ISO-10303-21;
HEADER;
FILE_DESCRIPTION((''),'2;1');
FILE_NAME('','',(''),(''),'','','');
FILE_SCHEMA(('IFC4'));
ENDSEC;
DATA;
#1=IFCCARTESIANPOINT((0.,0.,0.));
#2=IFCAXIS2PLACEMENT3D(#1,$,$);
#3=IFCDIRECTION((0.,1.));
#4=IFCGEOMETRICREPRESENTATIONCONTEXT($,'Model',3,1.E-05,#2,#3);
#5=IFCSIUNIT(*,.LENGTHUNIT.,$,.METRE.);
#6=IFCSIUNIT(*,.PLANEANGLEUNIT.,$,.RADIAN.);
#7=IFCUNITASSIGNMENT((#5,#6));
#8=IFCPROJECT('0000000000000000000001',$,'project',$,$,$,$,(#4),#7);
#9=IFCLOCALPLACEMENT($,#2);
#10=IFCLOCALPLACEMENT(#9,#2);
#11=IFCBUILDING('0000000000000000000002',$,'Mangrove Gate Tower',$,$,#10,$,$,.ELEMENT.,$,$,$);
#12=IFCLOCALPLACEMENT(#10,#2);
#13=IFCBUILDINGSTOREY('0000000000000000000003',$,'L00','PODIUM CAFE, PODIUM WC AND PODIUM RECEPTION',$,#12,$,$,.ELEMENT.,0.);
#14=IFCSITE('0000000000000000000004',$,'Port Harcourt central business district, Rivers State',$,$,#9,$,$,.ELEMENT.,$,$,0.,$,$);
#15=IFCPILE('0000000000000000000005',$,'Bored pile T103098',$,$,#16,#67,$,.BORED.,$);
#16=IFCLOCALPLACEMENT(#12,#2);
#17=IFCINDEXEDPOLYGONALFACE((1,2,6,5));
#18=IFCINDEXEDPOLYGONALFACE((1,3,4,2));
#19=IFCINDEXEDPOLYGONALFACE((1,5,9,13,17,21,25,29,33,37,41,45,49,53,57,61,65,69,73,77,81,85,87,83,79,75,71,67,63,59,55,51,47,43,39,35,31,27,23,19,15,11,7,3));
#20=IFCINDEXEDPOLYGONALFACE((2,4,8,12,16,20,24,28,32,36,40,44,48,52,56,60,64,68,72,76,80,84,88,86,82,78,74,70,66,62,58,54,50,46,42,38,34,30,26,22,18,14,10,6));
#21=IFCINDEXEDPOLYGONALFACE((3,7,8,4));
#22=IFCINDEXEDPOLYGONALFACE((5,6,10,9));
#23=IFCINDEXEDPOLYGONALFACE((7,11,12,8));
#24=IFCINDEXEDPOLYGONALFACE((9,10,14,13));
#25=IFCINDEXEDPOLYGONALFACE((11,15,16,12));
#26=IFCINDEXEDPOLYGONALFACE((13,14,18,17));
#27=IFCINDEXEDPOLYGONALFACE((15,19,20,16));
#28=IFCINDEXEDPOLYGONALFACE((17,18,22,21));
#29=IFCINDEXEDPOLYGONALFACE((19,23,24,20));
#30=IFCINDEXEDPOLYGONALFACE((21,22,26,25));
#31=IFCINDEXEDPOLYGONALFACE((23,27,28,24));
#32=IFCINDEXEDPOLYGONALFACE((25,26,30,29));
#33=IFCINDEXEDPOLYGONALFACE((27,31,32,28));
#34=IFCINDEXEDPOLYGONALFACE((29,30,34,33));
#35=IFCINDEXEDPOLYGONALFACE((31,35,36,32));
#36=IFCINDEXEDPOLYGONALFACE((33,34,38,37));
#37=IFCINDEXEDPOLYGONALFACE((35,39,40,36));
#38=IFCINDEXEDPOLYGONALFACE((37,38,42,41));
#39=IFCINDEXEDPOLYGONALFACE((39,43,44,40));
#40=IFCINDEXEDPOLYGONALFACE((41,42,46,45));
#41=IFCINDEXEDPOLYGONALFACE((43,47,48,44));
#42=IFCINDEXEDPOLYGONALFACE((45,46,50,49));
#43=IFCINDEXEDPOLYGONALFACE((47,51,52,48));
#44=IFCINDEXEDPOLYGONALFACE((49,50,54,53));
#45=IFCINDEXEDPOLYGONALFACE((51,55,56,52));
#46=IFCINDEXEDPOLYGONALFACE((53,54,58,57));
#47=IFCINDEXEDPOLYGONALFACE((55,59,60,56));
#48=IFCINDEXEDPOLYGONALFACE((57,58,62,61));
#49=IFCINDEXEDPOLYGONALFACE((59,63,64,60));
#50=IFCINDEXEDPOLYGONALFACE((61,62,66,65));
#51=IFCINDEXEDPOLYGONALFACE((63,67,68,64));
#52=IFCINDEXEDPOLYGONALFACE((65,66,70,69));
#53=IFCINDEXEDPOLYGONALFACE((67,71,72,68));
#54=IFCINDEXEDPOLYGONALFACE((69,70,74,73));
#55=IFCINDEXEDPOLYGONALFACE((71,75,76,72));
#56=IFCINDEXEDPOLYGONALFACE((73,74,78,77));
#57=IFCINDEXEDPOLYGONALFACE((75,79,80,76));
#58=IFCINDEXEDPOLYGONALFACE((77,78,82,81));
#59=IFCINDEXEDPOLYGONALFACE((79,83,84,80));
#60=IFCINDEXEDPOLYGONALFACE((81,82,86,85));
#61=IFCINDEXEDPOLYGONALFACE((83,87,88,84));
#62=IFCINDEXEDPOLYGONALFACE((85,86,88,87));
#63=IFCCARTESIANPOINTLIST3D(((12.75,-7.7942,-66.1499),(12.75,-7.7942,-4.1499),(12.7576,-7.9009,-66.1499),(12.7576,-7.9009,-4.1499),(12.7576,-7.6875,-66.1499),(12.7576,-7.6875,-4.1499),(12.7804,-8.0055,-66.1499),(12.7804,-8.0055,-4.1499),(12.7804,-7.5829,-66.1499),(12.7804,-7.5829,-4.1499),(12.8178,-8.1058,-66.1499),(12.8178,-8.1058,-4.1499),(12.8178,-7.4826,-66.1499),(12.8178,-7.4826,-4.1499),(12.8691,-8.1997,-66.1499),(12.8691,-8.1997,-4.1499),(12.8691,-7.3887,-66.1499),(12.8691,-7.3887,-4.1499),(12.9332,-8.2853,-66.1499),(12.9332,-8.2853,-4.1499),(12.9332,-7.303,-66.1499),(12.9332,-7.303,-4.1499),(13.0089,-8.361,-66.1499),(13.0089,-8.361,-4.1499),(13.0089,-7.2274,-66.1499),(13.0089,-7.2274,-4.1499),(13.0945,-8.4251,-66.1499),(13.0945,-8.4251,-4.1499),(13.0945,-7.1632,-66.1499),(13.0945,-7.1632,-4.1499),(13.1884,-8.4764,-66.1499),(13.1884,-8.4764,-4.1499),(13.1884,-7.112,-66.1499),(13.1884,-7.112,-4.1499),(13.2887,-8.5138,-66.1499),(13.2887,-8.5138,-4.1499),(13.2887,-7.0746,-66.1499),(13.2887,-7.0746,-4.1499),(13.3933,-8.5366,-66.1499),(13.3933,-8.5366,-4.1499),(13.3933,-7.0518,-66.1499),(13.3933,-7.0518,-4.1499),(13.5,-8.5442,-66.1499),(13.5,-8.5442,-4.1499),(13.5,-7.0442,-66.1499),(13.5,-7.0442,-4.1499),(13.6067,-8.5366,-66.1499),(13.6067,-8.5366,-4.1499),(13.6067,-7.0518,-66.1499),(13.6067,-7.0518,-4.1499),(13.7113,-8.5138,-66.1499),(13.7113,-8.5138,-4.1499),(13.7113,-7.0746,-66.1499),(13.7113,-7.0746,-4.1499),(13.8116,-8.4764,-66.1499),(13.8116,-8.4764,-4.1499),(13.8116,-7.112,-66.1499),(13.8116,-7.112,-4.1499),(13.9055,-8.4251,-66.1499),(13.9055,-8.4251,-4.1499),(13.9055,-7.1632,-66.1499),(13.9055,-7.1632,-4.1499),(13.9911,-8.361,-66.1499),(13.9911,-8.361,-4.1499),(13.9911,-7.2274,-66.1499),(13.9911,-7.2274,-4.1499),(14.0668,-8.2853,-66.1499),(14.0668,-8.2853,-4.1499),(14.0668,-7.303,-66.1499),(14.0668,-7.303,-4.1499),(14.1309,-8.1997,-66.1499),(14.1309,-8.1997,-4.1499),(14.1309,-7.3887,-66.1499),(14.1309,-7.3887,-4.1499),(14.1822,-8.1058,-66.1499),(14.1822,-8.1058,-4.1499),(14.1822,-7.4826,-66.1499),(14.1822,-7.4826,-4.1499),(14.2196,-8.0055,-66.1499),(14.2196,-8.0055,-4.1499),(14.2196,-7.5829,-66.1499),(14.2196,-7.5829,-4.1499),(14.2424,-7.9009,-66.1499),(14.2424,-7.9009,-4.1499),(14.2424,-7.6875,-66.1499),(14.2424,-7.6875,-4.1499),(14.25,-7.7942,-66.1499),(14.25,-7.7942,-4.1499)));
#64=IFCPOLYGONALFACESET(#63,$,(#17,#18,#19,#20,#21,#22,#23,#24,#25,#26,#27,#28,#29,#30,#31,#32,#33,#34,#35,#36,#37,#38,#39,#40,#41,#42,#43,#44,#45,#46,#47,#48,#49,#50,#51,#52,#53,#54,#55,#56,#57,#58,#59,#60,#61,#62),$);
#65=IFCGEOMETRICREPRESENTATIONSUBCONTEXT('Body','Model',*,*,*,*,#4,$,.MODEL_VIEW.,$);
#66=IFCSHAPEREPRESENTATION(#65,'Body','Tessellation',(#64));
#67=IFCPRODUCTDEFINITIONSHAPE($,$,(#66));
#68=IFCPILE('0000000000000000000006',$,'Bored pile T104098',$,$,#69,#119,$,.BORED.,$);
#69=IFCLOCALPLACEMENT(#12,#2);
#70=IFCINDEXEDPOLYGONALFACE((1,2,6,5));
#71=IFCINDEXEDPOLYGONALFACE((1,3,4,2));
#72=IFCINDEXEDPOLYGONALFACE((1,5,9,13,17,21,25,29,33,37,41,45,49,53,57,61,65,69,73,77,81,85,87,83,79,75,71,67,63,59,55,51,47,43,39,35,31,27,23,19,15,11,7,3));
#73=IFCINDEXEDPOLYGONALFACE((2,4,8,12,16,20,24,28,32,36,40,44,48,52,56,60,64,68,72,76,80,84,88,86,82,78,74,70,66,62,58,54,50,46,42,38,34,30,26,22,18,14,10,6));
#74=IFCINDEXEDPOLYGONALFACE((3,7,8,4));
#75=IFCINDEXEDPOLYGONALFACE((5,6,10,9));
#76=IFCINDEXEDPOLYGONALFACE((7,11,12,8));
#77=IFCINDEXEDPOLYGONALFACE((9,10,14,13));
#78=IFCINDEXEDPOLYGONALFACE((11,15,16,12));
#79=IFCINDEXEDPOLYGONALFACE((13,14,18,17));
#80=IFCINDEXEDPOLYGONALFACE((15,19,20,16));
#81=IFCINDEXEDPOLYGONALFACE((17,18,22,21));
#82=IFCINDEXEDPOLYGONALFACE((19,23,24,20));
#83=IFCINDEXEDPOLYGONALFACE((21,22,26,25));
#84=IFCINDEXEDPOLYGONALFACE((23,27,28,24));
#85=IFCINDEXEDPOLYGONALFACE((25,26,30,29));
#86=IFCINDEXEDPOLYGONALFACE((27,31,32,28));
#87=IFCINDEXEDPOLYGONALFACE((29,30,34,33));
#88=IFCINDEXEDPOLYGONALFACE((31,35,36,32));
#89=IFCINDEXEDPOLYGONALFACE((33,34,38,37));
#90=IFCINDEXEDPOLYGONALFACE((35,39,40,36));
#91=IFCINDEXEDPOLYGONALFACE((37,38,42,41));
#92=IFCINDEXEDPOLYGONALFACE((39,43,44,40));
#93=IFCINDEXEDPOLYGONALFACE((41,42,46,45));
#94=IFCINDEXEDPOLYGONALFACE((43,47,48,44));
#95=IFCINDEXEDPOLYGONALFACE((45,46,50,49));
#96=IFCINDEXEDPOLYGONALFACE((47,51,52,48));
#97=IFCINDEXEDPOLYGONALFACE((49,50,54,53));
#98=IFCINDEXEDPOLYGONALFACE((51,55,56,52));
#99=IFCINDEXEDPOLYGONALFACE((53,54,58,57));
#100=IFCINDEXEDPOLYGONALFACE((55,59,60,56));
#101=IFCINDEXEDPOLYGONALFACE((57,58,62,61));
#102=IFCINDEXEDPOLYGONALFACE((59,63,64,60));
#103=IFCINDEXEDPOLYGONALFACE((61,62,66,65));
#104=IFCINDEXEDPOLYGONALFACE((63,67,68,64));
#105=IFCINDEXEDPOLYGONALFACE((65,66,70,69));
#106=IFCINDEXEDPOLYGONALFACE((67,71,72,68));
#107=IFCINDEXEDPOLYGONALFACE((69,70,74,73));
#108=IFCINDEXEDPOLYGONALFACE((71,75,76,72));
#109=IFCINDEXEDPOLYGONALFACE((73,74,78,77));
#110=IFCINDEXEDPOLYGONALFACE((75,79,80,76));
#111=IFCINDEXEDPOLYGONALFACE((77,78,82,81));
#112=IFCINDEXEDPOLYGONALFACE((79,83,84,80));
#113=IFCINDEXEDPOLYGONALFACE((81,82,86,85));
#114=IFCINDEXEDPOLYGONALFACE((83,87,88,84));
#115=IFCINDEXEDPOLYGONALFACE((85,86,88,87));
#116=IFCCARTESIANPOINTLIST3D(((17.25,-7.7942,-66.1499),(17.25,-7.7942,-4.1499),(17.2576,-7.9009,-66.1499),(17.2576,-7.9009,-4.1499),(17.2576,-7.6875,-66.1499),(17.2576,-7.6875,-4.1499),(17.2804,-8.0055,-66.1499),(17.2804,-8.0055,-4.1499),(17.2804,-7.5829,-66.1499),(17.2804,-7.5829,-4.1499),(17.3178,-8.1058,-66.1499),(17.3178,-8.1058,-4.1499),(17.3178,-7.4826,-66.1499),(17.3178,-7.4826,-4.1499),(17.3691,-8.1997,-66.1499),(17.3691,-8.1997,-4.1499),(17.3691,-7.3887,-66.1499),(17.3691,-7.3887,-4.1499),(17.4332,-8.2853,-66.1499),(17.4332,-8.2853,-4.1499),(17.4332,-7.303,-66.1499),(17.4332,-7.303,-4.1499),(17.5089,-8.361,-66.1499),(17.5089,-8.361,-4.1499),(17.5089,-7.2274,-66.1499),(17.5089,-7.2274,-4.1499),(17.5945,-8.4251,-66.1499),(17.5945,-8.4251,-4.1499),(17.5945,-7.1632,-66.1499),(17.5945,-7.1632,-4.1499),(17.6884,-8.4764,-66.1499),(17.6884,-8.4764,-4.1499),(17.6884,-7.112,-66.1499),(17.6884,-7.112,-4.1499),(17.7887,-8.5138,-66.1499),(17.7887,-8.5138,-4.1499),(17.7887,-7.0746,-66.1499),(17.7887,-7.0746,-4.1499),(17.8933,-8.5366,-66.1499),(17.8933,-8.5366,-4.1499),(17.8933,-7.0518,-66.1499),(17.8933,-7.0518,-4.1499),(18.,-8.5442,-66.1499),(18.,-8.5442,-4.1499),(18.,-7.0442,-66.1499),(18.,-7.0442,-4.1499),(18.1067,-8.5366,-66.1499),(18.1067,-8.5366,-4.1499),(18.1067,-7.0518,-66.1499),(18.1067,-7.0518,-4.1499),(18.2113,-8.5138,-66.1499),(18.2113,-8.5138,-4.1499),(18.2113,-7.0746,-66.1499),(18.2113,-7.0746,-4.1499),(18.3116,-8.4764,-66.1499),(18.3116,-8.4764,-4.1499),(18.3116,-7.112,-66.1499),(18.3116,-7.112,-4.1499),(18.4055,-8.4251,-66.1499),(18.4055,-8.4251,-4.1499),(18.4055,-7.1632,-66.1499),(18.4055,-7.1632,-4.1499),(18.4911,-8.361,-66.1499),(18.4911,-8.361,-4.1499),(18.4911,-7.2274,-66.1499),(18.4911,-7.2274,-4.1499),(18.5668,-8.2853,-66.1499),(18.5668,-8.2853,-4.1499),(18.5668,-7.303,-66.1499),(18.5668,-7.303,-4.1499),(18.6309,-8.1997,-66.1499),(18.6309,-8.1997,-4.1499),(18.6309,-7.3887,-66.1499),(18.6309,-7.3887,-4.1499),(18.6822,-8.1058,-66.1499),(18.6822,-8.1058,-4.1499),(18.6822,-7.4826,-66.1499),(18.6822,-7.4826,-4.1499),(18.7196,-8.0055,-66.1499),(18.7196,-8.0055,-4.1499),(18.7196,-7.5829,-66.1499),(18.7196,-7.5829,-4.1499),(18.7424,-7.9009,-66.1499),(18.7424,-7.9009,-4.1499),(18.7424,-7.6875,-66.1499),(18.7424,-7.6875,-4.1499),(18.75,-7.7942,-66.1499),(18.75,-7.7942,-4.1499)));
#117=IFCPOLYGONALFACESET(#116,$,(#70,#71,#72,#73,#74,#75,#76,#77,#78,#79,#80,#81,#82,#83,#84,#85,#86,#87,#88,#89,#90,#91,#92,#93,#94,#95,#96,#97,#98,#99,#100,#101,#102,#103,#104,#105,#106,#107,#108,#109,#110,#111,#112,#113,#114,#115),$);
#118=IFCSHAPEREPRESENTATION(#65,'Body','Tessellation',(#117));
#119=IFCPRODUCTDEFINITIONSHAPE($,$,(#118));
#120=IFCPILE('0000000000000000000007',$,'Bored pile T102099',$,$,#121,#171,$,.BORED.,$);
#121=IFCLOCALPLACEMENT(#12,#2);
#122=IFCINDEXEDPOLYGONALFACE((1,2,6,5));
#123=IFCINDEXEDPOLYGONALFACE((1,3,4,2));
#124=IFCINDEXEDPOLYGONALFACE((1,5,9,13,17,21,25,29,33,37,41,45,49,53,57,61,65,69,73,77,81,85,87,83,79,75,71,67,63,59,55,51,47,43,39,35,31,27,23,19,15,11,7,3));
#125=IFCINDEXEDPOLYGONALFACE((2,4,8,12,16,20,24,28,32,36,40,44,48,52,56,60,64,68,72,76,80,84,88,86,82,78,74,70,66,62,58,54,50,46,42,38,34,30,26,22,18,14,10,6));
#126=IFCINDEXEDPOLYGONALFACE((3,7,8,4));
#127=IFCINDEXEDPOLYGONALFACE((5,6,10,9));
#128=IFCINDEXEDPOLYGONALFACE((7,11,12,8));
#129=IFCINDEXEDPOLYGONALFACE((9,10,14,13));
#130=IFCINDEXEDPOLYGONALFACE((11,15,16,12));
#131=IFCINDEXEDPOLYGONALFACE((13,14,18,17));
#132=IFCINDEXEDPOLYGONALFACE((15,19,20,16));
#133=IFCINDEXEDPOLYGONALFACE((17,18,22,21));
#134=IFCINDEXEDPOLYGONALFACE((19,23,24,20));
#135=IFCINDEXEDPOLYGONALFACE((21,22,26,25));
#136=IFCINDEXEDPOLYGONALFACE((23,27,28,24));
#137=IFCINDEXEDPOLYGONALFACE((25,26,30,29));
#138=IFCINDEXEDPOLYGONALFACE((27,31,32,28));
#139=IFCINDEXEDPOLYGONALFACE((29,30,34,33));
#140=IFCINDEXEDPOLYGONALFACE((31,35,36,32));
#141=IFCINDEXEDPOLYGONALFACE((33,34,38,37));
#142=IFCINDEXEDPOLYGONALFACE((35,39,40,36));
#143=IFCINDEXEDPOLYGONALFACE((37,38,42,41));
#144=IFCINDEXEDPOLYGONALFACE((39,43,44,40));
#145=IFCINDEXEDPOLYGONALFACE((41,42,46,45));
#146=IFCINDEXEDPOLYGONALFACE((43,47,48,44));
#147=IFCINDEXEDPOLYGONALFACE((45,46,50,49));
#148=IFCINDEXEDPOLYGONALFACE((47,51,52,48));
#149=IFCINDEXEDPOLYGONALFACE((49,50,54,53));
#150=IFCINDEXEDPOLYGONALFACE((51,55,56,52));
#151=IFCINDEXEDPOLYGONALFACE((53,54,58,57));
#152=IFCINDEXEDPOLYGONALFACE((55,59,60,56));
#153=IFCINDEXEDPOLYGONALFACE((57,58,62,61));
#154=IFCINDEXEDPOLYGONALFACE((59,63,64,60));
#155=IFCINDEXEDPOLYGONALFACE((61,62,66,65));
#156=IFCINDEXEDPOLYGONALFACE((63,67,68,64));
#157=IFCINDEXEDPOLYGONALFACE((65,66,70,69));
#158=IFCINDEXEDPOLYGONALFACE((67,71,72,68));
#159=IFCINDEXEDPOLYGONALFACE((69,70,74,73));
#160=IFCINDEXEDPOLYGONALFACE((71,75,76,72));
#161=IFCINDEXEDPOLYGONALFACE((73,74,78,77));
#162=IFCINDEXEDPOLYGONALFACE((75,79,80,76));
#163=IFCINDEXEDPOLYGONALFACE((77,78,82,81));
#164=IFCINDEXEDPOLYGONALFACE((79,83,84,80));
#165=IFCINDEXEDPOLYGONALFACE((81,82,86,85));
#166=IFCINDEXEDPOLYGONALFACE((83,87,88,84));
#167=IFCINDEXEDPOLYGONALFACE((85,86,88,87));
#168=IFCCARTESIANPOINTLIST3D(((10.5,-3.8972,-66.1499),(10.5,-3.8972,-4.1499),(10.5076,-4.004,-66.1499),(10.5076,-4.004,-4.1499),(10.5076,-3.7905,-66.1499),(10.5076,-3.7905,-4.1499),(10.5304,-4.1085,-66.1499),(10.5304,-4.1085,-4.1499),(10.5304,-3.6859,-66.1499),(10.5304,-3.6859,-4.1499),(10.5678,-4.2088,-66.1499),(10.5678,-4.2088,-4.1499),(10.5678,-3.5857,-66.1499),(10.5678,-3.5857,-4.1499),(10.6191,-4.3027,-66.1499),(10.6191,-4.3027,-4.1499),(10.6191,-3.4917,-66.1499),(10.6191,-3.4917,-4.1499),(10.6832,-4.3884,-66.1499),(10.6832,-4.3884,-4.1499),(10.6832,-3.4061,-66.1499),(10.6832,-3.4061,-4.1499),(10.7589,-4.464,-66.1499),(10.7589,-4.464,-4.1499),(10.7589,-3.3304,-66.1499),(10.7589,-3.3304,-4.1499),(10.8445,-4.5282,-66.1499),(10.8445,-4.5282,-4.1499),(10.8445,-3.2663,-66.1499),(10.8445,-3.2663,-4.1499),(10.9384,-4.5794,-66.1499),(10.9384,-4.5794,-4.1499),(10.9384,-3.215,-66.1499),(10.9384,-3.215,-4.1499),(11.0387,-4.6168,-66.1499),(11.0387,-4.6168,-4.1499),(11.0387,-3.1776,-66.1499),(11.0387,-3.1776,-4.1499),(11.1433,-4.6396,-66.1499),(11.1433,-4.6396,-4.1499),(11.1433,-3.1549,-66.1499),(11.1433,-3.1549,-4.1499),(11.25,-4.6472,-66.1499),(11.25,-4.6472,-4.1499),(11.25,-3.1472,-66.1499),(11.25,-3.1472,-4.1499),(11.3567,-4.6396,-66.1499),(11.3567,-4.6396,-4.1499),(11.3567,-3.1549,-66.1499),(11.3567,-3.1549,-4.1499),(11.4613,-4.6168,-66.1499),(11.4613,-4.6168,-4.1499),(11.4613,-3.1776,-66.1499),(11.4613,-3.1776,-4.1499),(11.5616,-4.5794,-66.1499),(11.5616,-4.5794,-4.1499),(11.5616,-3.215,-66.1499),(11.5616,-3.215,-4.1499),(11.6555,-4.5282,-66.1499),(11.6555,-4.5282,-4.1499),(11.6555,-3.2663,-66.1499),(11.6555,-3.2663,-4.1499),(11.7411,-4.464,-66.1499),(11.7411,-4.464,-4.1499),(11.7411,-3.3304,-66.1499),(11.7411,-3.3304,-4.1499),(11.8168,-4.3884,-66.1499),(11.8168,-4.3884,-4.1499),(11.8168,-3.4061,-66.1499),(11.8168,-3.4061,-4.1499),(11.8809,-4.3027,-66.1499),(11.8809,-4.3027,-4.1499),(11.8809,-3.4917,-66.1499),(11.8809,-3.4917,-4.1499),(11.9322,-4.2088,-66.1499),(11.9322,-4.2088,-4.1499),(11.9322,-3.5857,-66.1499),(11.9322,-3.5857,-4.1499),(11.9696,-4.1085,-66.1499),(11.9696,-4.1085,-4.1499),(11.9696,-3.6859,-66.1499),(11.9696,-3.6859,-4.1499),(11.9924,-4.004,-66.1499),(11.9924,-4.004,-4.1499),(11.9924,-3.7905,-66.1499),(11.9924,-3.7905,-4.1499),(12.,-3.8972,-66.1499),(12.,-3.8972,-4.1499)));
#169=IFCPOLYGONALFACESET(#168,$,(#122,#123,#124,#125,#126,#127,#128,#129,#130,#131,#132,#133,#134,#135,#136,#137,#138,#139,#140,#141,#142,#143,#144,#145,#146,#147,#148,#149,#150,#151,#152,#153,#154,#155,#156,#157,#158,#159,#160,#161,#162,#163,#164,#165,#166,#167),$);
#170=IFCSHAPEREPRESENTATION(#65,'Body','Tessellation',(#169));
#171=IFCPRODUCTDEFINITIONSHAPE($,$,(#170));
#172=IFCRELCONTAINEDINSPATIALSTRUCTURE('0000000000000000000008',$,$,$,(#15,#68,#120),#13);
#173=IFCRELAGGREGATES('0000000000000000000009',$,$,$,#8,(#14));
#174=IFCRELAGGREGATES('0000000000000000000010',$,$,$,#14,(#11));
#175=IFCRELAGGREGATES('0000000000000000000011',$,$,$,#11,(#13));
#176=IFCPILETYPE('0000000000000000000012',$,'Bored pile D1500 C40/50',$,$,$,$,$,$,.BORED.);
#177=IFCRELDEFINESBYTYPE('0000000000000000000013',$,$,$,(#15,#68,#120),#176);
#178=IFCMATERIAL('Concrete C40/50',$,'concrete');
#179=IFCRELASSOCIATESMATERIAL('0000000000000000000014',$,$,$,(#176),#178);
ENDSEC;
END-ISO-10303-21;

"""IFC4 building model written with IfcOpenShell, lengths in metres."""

from ifc_helpers import new_model, si_unit, direction, frame, origin, origin_2d, place, context, subcontext, project, spatial, circle, extrude, material, material_profile, profile_set, type_object, element, save


model = new_model("IFC4")

# Units and contexts
model_context = context("Model", 3, precision=1e-05, world=origin(), true_north=direction((0.0, 1.0)))
body_context = subcontext(model_context, "Body", "Model", "MODEL_VIEW")
ifc_project = project(units=[si_unit("LENGTHUNIT", "METRE"), si_unit("PLANEANGLEUNIT", "RADIAN")], contexts=[model_context])

# Site, building, storey
site_placement = place(None, origin())
site = spatial("IfcSite", under=ifc_project, at=site_placement, Name="Port Harcourt central business district, Rivers State", CompositionType="ELEMENT", RefElevation=0.0)
building_placement = place(site_placement, origin())
building = spatial("IfcBuilding", under=site, at=building_placement, Name="Mangrove Gate Tower", CompositionType="ELEMENT")
storey_placement = place(building_placement, origin())
storey = spatial("IfcBuildingStorey", under=building, at=storey_placement, Name="L00", Description="PODIUM CAFE, PODIUM WC AND PODIUM RECEPTION", CompositionType="ELEMENT", Elevation=0.0)

# Piles
ifc_material_1 = material(Name="Concrete C40/50", Category="concrete")
ifc_material_profile_1 = material_profile(ifc_material_1, circle(Radius=0.75, at=origin_2d()))
ifc_profile_set_1 = profile_set([ifc_material_profile_1], Name="Concrete C40/50")
pile_type = type_object("IfcPileType", Name="Bored pile D1500 C40/50", PredefinedType="BORED", material=ifc_profile_set_1)
for number, where, z_axis, x_axis, name in (
    (1, (13.5, -7.7942, -4.1499), (0.0, 0.0, -1.0), (1.0, 0.0, 0.0), "Bored pile T103098"),
    (2, (18.0, -7.7942, -4.1499), (0.0, 0.0, -1.0), (1.0, 0.0, 0.0), "Bored pile T104098"),
    (3, (11.25, -3.8972, -4.1499), (0.0, 0.0, -1.0), (1.0, 0.0, 0.0), "Bored pile T102099"),
):
    element("IfcPile", number, at=place(storey_placement, frame(where, z_axis=z_axis, x_axis=x_axis)), inside=storey, type_object=pile_type, Name=name, PredefinedType="BORED", context=body_context, shape_type="SweptSolid", body=[
        extrude(circle(Radius=0.75, at=origin_2d()), origin(), (0.0, 0.0, 1.0), 62.0),
    ])

save(model, "model.ifc")
